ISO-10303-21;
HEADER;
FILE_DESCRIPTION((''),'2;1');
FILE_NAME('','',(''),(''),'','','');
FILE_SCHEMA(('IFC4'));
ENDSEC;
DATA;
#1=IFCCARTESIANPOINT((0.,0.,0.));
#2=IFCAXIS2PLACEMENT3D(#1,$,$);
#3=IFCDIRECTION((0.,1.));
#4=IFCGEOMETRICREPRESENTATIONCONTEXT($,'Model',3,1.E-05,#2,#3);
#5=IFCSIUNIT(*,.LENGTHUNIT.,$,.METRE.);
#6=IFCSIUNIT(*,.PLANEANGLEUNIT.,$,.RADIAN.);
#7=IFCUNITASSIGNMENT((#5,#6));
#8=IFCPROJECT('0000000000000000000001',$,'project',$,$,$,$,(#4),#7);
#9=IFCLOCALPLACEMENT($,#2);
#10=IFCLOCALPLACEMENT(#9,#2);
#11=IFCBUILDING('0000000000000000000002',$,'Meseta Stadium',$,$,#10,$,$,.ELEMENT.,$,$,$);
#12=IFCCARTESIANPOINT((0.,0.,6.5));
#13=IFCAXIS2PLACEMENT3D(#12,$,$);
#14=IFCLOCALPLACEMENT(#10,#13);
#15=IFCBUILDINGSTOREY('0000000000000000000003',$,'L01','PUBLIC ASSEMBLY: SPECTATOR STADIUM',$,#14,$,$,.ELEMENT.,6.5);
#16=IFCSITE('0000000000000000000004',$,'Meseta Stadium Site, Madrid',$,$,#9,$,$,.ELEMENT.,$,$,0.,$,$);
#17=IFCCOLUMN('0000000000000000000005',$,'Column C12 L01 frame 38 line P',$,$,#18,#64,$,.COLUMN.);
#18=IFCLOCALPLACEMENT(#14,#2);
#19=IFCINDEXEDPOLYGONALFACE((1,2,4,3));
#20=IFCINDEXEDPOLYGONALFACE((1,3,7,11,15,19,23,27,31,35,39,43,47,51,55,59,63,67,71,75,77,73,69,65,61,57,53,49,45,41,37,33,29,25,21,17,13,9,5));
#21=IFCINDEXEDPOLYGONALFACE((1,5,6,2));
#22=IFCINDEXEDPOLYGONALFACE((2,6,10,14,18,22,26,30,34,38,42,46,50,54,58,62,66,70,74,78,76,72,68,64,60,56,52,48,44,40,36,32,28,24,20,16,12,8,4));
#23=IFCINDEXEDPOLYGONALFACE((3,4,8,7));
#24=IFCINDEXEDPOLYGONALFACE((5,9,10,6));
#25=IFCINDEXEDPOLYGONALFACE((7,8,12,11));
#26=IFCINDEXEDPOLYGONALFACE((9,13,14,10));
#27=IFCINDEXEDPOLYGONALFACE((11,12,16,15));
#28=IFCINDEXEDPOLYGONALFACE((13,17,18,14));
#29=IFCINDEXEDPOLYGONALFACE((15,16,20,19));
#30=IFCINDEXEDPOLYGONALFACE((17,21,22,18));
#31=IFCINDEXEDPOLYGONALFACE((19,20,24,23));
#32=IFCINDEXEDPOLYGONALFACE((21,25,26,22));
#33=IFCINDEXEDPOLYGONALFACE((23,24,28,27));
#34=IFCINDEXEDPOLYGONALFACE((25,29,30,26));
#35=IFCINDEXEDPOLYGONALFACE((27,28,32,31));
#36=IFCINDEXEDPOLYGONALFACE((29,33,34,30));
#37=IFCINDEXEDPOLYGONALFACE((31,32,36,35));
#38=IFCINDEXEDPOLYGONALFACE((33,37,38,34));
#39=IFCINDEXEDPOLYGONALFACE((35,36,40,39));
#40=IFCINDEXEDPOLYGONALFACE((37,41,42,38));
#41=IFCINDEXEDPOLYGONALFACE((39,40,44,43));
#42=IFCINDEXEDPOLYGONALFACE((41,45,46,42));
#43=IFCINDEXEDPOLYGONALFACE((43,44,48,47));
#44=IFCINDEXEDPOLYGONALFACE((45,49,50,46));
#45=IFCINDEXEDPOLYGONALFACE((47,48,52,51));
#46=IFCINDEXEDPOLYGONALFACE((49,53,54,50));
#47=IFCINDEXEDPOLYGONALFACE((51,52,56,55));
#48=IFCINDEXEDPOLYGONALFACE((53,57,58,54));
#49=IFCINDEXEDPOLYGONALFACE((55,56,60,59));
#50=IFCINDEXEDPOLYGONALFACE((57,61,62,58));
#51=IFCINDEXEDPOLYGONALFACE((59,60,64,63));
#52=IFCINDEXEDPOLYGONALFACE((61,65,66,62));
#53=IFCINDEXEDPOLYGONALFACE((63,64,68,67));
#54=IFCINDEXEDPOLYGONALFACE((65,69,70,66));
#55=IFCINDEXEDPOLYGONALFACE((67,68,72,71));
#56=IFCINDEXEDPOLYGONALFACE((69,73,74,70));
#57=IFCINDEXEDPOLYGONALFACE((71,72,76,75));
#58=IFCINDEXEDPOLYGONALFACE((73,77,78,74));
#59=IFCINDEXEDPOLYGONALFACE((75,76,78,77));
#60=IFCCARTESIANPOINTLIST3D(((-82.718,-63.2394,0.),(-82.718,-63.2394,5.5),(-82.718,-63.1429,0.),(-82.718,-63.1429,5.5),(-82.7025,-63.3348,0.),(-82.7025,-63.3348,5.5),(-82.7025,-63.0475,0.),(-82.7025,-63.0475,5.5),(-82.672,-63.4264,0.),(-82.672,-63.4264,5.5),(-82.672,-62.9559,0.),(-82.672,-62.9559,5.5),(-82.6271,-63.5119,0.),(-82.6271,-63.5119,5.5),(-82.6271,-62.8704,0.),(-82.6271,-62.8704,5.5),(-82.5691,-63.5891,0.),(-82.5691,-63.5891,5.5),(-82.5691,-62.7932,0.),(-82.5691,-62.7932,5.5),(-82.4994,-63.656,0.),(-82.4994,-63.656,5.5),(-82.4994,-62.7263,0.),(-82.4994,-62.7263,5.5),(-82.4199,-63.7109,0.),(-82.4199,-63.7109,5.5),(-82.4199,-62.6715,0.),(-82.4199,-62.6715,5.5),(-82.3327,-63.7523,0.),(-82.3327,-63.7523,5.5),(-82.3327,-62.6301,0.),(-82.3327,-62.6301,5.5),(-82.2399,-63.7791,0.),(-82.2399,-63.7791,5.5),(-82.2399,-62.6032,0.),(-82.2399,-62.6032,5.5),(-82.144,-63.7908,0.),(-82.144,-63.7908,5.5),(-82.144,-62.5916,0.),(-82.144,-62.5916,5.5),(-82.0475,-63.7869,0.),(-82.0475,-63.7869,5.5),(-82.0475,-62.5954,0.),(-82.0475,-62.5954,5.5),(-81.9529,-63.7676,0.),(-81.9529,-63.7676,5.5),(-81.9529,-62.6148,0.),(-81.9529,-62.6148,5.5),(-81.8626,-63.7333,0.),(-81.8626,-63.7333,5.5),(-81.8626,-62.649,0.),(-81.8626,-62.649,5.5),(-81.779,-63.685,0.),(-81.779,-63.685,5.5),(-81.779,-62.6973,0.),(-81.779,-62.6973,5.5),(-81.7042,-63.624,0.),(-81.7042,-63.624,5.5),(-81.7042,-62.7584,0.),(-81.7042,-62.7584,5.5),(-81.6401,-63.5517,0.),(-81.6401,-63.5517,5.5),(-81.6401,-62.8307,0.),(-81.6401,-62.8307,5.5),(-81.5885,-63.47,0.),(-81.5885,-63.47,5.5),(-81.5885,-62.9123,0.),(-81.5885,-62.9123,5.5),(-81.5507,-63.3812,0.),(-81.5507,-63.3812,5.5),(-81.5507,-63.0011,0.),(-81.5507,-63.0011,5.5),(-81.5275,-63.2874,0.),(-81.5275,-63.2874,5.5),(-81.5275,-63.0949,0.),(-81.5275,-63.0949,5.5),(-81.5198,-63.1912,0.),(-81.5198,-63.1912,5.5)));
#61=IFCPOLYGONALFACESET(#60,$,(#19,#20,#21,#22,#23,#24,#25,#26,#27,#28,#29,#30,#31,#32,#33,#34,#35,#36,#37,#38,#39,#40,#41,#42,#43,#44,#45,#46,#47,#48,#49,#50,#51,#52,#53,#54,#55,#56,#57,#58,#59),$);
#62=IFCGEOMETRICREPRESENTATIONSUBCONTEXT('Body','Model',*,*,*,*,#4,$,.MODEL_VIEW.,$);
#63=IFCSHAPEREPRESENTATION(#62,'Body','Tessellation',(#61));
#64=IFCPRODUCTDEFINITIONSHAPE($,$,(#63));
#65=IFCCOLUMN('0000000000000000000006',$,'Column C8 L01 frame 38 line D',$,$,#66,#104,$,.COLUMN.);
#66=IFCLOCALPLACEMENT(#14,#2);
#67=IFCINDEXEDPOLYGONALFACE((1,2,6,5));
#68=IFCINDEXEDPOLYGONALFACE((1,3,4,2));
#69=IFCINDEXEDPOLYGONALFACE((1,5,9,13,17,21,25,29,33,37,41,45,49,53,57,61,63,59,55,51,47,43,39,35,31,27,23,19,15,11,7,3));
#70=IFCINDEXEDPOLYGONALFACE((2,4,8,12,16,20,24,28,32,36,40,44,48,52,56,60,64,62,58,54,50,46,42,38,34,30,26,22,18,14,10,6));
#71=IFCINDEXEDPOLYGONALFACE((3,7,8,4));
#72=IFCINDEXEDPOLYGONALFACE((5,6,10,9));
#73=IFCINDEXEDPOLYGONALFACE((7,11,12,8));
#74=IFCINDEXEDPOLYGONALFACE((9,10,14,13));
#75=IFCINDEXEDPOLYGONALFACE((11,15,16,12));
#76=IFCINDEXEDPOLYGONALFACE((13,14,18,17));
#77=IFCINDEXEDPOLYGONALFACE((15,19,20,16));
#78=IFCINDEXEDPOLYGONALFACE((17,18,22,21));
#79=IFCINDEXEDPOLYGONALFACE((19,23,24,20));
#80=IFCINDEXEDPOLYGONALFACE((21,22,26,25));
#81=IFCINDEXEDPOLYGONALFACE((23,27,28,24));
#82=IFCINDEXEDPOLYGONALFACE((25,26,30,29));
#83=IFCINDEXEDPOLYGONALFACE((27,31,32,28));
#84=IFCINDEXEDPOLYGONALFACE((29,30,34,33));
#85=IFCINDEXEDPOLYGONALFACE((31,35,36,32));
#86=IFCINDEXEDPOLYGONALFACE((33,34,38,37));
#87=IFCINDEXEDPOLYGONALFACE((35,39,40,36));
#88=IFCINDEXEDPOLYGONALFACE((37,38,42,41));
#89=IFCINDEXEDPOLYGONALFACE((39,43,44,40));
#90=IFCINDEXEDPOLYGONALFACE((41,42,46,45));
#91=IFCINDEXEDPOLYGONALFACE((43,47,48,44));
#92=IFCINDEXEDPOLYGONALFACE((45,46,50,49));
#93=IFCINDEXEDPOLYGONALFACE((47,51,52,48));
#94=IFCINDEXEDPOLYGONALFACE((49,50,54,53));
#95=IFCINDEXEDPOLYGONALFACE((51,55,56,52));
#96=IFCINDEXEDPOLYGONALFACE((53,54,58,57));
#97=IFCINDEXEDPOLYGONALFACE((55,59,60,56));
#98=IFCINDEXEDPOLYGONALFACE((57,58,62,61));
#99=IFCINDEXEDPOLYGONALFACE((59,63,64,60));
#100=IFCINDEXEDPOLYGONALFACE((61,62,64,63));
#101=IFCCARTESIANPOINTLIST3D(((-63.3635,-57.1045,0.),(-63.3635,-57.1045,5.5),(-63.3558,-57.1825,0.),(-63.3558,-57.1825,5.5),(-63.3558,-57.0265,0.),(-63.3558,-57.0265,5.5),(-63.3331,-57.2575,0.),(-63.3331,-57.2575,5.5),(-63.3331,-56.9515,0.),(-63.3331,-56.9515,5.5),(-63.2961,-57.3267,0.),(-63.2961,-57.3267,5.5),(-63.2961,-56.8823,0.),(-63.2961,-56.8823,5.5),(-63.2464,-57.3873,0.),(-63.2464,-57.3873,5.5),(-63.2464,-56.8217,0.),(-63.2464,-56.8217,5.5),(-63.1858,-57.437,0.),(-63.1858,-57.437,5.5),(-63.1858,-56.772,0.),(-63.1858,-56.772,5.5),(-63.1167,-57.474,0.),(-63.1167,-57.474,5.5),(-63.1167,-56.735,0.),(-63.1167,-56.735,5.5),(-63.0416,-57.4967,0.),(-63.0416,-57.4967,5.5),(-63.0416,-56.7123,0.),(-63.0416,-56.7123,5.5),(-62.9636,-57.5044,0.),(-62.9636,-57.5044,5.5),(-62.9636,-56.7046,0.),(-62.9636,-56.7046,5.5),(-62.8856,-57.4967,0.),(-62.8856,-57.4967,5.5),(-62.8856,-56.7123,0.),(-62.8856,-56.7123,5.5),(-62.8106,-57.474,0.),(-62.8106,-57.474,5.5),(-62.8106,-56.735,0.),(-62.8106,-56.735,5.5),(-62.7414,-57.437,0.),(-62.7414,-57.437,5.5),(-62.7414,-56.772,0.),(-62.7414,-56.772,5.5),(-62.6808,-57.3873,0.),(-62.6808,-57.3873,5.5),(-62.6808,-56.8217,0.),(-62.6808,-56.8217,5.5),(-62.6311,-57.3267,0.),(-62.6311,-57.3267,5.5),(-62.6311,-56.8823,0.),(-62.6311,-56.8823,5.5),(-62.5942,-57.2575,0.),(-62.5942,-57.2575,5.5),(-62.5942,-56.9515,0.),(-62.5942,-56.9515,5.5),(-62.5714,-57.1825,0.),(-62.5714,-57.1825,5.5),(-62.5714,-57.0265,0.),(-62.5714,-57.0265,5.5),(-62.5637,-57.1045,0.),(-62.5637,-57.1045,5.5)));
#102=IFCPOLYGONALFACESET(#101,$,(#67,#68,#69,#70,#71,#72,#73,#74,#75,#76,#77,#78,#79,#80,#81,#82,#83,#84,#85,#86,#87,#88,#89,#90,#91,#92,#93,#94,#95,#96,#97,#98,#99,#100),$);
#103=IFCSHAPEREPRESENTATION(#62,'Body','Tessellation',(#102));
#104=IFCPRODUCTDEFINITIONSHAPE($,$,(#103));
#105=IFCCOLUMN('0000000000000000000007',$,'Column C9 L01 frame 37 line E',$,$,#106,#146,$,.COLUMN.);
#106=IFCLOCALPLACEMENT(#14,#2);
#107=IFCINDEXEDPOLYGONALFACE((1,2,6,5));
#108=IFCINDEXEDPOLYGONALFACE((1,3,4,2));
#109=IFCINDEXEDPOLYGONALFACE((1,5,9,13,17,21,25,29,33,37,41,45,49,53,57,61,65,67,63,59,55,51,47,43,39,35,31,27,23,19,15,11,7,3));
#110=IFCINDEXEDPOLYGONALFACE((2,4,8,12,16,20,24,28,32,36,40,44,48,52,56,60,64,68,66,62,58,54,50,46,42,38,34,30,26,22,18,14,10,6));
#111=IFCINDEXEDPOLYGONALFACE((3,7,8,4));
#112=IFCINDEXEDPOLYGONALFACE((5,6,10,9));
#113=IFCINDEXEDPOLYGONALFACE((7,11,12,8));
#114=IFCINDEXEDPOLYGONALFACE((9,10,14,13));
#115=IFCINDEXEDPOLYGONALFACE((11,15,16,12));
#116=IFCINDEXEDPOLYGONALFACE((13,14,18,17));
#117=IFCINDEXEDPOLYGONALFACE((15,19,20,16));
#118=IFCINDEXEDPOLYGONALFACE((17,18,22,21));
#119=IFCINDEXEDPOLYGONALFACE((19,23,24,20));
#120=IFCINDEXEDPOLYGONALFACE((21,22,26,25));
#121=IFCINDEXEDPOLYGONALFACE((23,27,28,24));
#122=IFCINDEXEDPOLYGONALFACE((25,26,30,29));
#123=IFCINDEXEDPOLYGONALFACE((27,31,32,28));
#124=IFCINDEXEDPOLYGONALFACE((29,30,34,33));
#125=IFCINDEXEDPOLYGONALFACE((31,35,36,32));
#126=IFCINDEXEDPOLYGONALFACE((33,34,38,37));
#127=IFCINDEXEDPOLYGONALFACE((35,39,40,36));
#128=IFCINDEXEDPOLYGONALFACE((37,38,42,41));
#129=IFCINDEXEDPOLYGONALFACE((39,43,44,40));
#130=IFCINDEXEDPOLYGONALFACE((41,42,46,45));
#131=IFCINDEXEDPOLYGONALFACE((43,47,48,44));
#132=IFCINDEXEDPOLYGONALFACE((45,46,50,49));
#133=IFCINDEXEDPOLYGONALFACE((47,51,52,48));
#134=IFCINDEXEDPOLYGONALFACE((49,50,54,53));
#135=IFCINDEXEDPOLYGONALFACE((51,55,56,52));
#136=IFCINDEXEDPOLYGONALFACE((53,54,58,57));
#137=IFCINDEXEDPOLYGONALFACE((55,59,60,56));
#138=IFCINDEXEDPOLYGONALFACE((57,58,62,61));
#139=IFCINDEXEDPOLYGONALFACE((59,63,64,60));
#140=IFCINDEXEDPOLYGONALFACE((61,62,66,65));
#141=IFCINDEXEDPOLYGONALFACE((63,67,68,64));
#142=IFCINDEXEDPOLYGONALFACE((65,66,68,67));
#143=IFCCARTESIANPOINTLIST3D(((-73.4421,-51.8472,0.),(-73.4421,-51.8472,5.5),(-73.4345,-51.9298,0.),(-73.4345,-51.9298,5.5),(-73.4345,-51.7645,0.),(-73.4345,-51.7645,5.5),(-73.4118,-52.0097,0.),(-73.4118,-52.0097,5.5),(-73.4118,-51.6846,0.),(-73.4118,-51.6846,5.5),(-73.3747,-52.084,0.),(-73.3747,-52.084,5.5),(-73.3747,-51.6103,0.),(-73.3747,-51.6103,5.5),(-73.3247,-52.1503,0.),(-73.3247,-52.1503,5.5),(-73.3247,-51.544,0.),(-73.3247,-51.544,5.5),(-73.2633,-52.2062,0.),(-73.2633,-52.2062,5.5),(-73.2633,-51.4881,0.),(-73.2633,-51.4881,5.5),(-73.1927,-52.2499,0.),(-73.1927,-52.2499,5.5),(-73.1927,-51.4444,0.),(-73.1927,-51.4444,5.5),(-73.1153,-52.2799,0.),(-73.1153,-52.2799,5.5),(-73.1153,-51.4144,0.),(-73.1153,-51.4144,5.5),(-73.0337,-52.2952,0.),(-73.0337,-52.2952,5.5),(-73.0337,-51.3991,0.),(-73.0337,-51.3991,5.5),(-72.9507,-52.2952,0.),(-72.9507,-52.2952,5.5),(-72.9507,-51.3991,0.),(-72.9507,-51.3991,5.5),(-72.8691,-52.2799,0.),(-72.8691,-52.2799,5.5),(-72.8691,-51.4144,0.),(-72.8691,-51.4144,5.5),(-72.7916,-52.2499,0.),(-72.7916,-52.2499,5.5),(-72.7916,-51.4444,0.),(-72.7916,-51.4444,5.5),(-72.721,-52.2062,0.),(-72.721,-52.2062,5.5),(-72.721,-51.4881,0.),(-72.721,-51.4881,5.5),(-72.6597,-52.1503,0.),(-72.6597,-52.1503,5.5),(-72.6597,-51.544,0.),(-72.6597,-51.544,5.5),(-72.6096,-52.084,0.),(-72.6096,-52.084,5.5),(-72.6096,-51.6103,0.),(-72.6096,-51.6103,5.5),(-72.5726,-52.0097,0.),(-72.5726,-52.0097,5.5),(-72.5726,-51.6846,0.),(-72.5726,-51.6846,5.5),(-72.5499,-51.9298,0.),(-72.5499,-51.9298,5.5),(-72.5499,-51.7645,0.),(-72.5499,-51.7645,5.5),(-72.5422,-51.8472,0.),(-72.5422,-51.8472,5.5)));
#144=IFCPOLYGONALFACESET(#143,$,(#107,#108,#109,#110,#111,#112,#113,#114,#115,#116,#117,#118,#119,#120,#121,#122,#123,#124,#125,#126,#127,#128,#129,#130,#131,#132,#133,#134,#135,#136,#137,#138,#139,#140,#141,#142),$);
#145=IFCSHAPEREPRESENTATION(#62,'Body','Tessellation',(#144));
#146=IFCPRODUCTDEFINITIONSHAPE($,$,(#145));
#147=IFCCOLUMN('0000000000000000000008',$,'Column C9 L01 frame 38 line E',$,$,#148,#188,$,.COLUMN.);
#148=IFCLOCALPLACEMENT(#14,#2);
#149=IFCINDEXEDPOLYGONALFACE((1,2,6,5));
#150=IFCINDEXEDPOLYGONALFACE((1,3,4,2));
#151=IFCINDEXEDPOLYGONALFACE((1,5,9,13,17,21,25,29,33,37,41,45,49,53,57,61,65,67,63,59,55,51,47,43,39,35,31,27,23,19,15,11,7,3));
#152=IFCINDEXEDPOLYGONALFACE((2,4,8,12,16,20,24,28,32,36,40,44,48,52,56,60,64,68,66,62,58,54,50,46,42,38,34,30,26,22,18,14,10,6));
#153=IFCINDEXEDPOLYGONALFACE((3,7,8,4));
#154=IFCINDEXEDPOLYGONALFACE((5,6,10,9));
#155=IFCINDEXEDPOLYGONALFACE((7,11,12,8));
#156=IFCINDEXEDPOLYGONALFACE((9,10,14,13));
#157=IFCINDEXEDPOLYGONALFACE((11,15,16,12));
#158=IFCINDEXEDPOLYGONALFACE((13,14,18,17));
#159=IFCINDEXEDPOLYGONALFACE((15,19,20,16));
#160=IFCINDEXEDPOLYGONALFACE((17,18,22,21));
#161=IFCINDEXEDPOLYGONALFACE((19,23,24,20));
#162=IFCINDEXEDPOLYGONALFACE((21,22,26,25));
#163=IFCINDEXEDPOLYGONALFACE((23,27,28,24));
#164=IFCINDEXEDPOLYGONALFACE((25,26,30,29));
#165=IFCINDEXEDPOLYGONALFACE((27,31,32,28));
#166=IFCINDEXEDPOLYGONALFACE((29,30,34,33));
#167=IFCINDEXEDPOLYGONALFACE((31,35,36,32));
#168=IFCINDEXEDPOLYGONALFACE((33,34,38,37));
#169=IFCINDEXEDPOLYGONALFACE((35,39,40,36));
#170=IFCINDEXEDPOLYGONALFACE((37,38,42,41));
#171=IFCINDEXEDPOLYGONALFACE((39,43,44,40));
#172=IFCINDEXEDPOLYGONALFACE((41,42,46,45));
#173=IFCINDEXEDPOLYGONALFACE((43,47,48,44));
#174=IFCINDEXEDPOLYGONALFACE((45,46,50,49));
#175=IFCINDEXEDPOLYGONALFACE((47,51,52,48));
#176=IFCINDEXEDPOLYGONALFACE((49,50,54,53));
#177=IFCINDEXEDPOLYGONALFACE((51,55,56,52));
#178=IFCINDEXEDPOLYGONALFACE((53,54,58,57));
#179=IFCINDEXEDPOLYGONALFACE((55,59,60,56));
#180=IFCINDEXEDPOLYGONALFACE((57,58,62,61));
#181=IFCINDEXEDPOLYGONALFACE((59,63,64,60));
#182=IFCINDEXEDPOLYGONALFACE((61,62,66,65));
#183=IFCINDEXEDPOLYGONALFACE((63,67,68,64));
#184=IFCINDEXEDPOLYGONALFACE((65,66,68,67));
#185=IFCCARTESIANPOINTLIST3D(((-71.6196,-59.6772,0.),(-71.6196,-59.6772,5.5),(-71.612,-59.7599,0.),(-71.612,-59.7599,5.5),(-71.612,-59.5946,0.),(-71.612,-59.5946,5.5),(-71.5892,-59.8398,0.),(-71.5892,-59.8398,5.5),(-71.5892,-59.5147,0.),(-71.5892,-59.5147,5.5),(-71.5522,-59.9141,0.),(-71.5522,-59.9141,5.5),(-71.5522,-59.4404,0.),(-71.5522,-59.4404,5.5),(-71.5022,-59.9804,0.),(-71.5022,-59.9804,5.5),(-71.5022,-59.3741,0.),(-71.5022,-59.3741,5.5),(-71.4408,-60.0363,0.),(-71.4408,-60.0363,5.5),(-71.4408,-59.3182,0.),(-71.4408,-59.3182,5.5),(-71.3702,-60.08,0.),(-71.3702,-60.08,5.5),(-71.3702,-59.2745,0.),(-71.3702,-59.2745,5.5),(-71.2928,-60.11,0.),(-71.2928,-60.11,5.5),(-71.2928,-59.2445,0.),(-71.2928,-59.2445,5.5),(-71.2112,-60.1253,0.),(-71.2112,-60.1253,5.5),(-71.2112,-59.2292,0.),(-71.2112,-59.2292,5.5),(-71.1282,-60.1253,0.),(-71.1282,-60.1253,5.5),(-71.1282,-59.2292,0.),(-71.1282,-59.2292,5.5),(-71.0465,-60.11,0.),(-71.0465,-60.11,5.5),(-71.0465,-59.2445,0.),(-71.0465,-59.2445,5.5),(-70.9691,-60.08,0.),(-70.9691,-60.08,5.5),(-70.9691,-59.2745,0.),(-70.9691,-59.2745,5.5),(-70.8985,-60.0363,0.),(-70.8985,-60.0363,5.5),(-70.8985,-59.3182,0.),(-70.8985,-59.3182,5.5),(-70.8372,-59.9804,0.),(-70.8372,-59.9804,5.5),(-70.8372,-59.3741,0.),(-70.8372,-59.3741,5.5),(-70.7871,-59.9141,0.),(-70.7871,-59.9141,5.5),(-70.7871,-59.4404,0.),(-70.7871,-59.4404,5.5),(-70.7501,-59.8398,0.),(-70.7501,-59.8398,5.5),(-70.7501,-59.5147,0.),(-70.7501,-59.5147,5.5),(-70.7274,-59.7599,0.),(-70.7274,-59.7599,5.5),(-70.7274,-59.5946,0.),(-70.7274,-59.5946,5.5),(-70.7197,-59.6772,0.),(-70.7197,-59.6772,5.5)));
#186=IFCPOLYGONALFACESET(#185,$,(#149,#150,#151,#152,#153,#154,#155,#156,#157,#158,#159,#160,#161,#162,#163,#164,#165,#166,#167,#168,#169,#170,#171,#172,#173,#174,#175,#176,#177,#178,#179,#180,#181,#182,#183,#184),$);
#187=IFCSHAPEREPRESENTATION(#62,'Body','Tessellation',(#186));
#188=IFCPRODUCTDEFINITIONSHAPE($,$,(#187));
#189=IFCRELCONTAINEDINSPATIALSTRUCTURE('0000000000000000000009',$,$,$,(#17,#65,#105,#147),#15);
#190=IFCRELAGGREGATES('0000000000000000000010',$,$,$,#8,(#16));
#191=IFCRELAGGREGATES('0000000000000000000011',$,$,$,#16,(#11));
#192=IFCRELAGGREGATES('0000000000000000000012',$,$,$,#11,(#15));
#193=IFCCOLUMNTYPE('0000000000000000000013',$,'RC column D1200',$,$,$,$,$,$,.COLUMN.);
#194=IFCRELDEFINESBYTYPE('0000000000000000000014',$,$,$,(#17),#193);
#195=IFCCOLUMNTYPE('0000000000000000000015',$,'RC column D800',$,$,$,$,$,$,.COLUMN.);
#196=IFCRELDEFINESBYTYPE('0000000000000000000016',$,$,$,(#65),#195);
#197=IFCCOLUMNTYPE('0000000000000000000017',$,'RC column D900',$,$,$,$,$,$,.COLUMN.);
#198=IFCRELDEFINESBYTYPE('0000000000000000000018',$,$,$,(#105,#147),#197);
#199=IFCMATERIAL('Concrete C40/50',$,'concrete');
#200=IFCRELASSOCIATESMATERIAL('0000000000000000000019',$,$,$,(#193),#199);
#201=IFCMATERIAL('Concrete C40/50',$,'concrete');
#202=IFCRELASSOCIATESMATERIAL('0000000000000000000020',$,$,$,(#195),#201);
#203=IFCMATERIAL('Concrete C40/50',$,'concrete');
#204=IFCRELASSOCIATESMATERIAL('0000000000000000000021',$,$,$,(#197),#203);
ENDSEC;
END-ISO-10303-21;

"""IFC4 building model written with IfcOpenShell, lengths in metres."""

from ifc_helpers import new_model, si_unit, direction, frame, origin, origin_2d, place, context, subcontext, project, spatial, circle, extrude, material, material_profile, profile_set, type_object, element, save


model = new_model("IFC4")

# Units and contexts
model_context = context("Model", 3, precision=1e-05, world=origin(), true_north=direction((0.0, 1.0)))
body_context = subcontext(model_context, "Body", "Model", "MODEL_VIEW")
ifc_project = project(units=[si_unit("LENGTHUNIT", "METRE"), si_unit("PLANEANGLEUNIT", "RADIAN")], contexts=[model_context])

# Site, building, storey
site_placement = place(None, origin())
site = spatial("IfcSite", under=ifc_project, at=site_placement, Name="Meseta Stadium Site, Madrid", CompositionType="ELEMENT", RefElevation=0.0)
building_placement = place(site_placement, origin())
building = spatial("IfcBuilding", under=site, at=building_placement, Name="Meseta Stadium", CompositionType="ELEMENT")
storey_placement = place(building_placement, frame((0.0, 0.0, 6.5)))
storey = spatial("IfcBuildingStorey", under=building, at=storey_placement, Name="L01", Description="PUBLIC ASSEMBLY: SPECTATOR STADIUM", CompositionType="ELEMENT", Elevation=6.5)

# Columns
ifc_material_1 = material(Name="Concrete C40/50", Category="concrete")
ifc_material_profile_1 = material_profile(ifc_material_1, circle(Radius=0.6001, at=origin_2d()), Name="RC D1200")
ifc_profile_set_1 = profile_set([ifc_material_profile_1], Name="Concrete C40/50")
column_type_1 = type_object("IfcColumnType", Name="RC column D1200", PredefinedType="COLUMN", material=ifc_profile_set_1)
column_1_placement = place(storey_placement, frame((-82.1199, -63.1912, 0.0), z_axis=(0.0, 0.0, 1.0), x_axis=(1.0, 0.0, 0.0)))
element("IfcColumn", 1, at=column_1_placement, inside=storey, type_object=column_type_1, Name="Column C12 L01 frame 38 line P", PredefinedType="COLUMN", context=body_context, shape_type="SweptSolid", body=[
    extrude(circle(Radius=0.6001, at=origin_2d()), origin(), (0.0, 0.0, 1.0), 5.5),
])
ifc_material_2 = material(Name="Concrete C40/50", Category="concrete")
ifc_material_profile_2 = material_profile(ifc_material_2, circle(Radius=0.3999, at=origin_2d()), Name="RC D800")
ifc_profile_set_2 = profile_set([ifc_material_profile_2], Name="Concrete C40/50")
column_type_2 = type_object("IfcColumnType", Name="RC column D800", PredefinedType="COLUMN", material=ifc_profile_set_2)
column_2_placement = place(storey_placement, frame((-62.9636, -57.1045, 0.0), z_axis=(0.0, 0.0, 1.0), x_axis=(1.0, 0.0, 0.0)))
element("IfcColumn", 2, at=column_2_placement, inside=storey, type_object=column_type_2, Name="Column C8 L01 frame 38 line D", PredefinedType="COLUMN", context=body_context, shape_type="SweptSolid", body=[
    extrude(circle(Radius=0.3999, at=origin_2d()), origin(), (0.0, 0.0, 1.0), 5.5),
])
ifc_material_3 = material(Name="Concrete C40/50", Category="concrete")
ifc_material_profile_3 = material_profile(ifc_material_3, circle(Radius=0.45, at=origin_2d()), Name="RC D900")
ifc_profile_set_3 = profile_set([ifc_material_profile_3], Name="Concrete C40/50")
column_type_3 = type_object("IfcColumnType", Name="RC column D900", PredefinedType="COLUMN", material=ifc_profile_set_3)
for number, where, z_axis, x_axis, name in (
    (3, (-72.9922, -51.8472, 0.0), (0.0, 0.0, 1.0), (1.0, 0.0, 0.0), "Column C9 L01 frame 37 line E"),
    (4, (-71.1697, -59.6772, 0.0), (0.0, 0.0, 1.0), (1.0, 0.0, 0.0), "Column C9 L01 frame 38 line E"),
):
    element("IfcColumn", number, at=place(storey_placement, frame(where, z_axis=z_axis, x_axis=x_axis)), inside=storey, type_object=column_type_3, Name=name, PredefinedType="COLUMN", context=body_context, shape_type="SweptSolid", body=[
        extrude(circle(Radius=0.45, at=origin_2d()), origin(), (0.0, 0.0, 1.0), 5.5),
    ])

save(model, "model.ifc")
